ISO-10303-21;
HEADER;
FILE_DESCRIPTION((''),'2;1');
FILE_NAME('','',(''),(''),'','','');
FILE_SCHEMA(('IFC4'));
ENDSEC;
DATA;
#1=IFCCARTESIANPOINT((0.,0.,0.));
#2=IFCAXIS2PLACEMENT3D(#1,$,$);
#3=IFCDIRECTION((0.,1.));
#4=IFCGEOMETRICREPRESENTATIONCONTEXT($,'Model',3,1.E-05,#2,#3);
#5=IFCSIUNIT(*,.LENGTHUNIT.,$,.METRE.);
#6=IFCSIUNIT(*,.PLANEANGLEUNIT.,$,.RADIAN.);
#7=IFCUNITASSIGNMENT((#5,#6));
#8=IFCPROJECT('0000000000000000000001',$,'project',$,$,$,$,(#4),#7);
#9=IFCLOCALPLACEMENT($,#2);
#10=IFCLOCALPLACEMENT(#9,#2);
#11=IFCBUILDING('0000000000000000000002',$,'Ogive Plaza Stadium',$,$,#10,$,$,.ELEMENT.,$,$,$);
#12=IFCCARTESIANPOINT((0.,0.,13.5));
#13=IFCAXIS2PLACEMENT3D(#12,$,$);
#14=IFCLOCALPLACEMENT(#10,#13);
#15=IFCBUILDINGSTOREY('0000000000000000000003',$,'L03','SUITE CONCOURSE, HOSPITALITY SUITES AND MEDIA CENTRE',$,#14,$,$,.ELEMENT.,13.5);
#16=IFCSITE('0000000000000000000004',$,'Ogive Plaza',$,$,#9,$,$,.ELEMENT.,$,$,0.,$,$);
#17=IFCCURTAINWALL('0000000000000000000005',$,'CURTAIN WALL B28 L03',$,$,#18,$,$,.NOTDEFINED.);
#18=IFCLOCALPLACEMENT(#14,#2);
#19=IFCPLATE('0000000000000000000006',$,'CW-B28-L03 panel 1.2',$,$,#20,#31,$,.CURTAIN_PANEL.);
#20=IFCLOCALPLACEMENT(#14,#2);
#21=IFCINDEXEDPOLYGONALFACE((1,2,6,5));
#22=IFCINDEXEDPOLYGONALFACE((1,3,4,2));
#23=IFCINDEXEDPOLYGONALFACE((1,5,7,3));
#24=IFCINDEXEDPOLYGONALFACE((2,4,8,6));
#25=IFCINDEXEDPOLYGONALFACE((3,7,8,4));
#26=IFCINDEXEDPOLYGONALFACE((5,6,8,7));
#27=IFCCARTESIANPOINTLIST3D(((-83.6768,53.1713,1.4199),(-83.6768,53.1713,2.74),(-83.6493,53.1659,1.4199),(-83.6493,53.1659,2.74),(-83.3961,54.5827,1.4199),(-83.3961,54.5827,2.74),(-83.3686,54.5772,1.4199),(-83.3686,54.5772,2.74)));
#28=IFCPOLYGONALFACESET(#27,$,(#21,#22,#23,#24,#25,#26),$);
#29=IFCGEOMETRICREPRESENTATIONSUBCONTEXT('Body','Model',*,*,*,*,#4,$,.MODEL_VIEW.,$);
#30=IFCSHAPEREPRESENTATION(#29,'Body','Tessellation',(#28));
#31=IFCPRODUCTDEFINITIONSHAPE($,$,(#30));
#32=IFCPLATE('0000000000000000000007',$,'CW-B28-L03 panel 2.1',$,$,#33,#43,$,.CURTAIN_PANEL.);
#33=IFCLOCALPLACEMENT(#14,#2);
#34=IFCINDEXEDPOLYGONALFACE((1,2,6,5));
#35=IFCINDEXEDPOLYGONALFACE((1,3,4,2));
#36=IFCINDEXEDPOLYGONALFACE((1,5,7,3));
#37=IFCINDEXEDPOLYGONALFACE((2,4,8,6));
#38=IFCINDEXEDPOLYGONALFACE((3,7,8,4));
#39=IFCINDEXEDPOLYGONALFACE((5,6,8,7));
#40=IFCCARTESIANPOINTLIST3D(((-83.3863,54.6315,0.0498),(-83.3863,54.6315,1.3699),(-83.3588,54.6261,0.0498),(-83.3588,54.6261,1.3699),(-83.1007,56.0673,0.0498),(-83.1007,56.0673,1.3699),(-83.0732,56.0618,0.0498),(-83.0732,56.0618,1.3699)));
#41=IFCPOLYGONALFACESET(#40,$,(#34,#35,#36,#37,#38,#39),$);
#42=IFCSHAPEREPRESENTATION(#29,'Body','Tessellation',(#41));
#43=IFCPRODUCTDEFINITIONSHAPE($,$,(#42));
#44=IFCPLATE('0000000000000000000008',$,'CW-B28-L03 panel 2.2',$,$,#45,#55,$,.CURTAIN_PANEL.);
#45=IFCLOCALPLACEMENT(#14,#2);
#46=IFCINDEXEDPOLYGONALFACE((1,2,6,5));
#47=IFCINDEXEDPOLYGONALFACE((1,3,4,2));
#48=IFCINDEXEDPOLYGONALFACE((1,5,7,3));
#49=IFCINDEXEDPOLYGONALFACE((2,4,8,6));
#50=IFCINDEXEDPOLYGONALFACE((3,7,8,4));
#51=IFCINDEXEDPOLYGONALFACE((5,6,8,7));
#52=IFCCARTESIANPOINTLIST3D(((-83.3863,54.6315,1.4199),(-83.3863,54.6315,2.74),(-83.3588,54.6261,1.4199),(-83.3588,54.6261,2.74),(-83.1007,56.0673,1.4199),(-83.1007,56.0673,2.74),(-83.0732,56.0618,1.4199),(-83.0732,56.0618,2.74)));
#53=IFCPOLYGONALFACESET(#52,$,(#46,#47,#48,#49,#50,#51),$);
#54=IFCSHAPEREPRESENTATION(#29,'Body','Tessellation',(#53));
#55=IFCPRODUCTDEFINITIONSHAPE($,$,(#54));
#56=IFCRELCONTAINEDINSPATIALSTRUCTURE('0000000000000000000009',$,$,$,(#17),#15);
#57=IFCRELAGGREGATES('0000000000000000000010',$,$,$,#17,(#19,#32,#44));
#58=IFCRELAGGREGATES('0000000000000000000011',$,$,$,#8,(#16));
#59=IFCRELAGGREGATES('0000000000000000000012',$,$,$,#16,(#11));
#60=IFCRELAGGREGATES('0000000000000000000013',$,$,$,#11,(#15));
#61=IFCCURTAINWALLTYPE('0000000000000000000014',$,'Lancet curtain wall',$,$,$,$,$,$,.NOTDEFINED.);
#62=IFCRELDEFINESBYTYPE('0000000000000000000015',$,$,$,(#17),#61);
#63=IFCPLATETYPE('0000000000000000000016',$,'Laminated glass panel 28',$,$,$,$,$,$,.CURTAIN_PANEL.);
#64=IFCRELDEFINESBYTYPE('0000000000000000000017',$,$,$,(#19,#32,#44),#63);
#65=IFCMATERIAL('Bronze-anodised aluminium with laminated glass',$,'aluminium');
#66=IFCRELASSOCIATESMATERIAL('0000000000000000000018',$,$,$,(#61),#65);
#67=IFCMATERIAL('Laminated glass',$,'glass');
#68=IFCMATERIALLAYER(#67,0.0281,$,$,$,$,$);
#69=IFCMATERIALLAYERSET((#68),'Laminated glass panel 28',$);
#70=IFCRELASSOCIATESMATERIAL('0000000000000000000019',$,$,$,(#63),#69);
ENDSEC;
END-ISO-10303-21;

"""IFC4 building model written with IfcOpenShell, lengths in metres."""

from ifc_helpers import new_model, si_unit, direction, frame, origin, origin_2d, place, context, subcontext, project, spatial, rectangle, extrude, material, layer, layer_set, type_object, element, aggregate, save


model = new_model("IFC4")

# Units and contexts
model_context = context("Model", 3, precision=1e-05, world=origin(), true_north=direction((0.0, 1.0)))
body_context = subcontext(model_context, "Body", "Model", "MODEL_VIEW")
ifc_project = project(units=[si_unit("LENGTHUNIT", "METRE"), si_unit("PLANEANGLEUNIT", "RADIAN")], contexts=[model_context])

# Site, building, storey
site_placement = place(None, origin())
site = spatial("IfcSite", under=ifc_project, at=site_placement, Name="Ogive Plaza", CompositionType="ELEMENT", RefElevation=0.0)
building_placement = place(site_placement, origin())
building = spatial("IfcBuilding", under=site, at=building_placement, Name="Ogive Plaza Stadium", CompositionType="ELEMENT")
storey_placement = place(building_placement, frame((0.0, 0.0, 13.5)))
storey = spatial("IfcBuildingStorey", under=building, at=storey_placement, Name="L03", Description="SUITE CONCOURSE, HOSPITALITY SUITES AND MEDIA CENTRE", CompositionType="ELEMENT", Elevation=13.5)

# Curtain wall
ifc_material_1 = material(Name="Bronze-anodised aluminium with laminated glass", Category="aluminium")
curtain_wall_type = type_object("IfcCurtainWallType", Name="Lancet curtain wall", PredefinedType="NOTDEFINED", material=ifc_material_1)
curtain_wall_1_placement = place(storey_placement, origin())
curtain_wall_1 = element("IfcCurtainWall", 1, at=curtain_wall_1_placement, inside=storey, type_object=curtain_wall_type, Name="CURTAIN WALL B28 L03", PredefinedType="NOTDEFINED")

# Plates
ifc_material_2 = material(Name="Laminated glass", Category="glass")
ifc_layer = layer(ifc_material_2, 0.0281)
ifc_layer_set = layer_set([ifc_layer], Name="Laminated glass panel 28")
plate_type = type_object("IfcPlateType", Name="Laminated glass panel 28", PredefinedType="CURTAIN_PANEL", material=ifc_layer_set)
plate_1_placement = place(storey_placement, frame((-83.5227, 53.8743, 1.4199), z_axis=(0.0, 0.0, 1.0), x_axis=(0.19509, 0.980785, 0.0)))
plate_1 = element("IfcPlate", 2, at=plate_1_placement, type_object=plate_type, Name="CW-B28-L03 panel 1.2", PredefinedType="CURTAIN_PANEL", context=body_context, shape_type="SweptSolid", body=[
    extrude(rectangle(XDim=1.439, YDim=0.0281, at=origin_2d()), origin(), (0.0, 0.0, 1.0), 1.3201),
])
plate_2_placement = place(storey_placement, frame((-83.2297, 55.3467, 0.0498), z_axis=(0.0, 0.0, 1.0), x_axis=(0.19509, 0.980785, 0.0)))
plate_2 = element("IfcPlate", 3, at=plate_2_placement, type_object=plate_type, Name="CW-B28-L03 panel 2.1", PredefinedType="CURTAIN_PANEL", context=body_context, shape_type="SweptSolid", body=[
    extrude(rectangle(XDim=1.4639, YDim=0.0281, at=origin_2d()), origin(), (0.0, 0.0, 1.0), 1.3201),
])
plate_3_placement = place(storey_placement, frame((-83.2297, 55.3467, 1.4199), z_axis=(0.0, 0.0, 1.0), x_axis=(0.19509, 0.980785, 0.0)))
plate_3 = element("IfcPlate", 4, at=plate_3_placement, type_object=plate_type, Name="CW-B28-L03 panel 2.2", PredefinedType="CURTAIN_PANEL", context=body_context, shape_type="SweptSolid", body=[
    extrude(rectangle(XDim=1.4639, YDim=0.0281, at=origin_2d()), origin(), (0.0, 0.0, 1.0), 1.3201),
])
aggregate(curtain_wall_1, [plate_1, plate_2, plate_3])

save(model, "model.ifc")
